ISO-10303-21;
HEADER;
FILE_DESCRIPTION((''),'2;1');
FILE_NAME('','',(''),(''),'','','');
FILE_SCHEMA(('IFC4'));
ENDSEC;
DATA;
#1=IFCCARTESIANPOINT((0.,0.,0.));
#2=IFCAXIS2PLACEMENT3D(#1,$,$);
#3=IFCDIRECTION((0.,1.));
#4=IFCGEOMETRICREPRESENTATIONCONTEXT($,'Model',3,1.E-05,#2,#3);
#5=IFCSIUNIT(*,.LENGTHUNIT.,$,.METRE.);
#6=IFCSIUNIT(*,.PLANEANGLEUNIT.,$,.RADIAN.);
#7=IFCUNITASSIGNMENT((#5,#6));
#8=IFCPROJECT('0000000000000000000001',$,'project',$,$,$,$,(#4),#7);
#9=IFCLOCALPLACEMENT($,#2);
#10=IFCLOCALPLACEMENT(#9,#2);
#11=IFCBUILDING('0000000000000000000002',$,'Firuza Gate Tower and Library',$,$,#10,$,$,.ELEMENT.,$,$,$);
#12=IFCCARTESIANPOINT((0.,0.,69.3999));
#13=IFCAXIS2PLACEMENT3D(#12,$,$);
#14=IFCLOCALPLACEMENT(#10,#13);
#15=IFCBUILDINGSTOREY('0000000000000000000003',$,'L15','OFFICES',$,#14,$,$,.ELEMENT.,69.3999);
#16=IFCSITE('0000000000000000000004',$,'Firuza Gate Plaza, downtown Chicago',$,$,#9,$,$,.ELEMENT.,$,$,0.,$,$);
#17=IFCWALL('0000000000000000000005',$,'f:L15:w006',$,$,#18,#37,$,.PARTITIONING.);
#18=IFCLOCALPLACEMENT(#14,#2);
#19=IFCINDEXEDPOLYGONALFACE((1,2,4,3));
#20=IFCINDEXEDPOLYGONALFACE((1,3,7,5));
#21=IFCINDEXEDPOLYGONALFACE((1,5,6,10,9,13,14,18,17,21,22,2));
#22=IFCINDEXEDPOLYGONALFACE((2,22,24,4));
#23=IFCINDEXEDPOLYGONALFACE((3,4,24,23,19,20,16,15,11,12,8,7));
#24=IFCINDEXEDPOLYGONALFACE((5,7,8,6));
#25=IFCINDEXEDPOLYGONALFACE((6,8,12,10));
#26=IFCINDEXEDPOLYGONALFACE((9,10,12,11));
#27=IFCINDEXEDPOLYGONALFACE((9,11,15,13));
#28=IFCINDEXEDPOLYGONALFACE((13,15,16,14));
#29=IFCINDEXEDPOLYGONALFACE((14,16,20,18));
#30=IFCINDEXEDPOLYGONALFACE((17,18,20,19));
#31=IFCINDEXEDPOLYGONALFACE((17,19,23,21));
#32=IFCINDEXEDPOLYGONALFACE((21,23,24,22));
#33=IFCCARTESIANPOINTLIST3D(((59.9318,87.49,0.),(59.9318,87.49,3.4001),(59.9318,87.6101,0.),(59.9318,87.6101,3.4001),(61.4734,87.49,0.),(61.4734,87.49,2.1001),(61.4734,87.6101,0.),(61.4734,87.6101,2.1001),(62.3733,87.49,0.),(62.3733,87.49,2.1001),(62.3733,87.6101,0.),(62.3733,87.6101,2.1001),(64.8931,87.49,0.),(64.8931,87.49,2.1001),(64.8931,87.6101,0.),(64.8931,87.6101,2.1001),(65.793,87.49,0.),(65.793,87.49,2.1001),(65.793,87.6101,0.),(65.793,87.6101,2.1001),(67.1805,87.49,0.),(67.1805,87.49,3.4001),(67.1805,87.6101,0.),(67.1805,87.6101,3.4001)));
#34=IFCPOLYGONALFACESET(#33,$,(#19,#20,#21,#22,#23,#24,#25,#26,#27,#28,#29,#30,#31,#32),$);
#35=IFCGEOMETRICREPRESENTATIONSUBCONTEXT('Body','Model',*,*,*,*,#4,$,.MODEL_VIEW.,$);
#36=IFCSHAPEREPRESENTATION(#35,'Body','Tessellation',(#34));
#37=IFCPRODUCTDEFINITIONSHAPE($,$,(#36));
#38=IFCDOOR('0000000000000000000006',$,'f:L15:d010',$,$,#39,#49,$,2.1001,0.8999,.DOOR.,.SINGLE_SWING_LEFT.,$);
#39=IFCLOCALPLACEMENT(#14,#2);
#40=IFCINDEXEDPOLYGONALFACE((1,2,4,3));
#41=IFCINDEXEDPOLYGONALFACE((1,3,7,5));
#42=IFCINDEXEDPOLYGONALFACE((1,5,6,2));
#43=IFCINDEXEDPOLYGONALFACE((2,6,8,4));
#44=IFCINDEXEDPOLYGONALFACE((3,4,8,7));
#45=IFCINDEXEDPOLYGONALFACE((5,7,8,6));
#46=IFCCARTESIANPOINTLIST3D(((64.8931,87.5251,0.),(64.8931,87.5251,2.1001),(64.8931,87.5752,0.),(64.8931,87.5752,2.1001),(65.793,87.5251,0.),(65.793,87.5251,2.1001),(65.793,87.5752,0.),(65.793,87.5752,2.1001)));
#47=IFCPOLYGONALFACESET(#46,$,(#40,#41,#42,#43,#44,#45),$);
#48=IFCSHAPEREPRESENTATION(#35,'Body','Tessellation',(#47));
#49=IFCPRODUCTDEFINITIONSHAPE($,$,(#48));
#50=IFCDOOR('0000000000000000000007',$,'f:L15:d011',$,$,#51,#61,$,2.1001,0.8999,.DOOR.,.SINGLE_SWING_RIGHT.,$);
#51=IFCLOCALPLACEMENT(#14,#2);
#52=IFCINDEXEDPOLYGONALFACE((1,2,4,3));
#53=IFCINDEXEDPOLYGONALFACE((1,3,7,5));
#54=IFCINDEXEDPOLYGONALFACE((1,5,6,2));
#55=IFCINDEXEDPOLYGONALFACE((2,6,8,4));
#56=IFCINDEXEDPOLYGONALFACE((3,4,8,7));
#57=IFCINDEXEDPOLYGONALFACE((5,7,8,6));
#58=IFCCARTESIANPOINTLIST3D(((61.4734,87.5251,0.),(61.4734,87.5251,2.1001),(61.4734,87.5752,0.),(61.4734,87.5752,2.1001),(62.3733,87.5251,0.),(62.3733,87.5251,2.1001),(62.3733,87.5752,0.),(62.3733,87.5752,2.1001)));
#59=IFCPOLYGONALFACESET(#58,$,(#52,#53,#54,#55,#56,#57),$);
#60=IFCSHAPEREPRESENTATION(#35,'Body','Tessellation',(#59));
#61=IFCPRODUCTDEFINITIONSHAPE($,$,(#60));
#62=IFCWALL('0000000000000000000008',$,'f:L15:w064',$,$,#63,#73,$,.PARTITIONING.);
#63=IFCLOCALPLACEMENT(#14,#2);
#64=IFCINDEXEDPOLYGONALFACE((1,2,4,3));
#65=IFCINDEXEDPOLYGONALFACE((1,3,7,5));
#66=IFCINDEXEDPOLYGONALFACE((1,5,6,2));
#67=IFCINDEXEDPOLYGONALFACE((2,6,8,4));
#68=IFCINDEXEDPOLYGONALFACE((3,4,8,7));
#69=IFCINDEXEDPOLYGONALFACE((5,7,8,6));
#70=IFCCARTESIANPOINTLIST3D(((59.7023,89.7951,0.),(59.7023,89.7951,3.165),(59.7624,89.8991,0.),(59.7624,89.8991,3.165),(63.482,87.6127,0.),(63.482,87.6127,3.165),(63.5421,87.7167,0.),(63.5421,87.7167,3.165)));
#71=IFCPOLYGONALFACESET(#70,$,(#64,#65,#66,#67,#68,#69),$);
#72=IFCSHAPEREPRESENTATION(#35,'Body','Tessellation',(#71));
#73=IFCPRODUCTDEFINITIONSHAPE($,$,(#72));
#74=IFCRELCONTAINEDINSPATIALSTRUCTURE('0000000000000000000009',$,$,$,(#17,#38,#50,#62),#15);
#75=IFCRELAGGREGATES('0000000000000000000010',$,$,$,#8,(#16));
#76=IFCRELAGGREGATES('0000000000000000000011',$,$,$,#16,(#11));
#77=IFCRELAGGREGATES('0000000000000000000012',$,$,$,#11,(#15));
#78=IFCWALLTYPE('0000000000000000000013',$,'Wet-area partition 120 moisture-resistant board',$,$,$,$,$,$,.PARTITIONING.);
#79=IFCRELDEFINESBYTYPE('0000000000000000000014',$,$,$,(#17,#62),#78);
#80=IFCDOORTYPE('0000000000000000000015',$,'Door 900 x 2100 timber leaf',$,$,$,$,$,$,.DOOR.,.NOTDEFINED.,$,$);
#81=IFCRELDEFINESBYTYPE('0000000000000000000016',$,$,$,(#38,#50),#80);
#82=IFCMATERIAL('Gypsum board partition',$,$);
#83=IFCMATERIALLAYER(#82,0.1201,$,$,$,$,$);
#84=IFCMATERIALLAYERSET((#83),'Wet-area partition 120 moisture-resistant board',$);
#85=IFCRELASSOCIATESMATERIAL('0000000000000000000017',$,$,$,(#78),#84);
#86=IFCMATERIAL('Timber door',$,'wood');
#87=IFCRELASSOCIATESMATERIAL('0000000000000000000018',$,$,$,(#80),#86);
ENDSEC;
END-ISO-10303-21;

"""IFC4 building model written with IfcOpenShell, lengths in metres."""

from ifc_helpers import new_model, si_unit, direction, frame, frame_2d, origin, place, context, subcontext, project, spatial, rectangle, extrude, material, layer, layer_set, type_object, element, fill, save


model = new_model("IFC4")

# Units and contexts
model_context = context("Model", 3, precision=1e-05, world=origin(), true_north=direction((0.0, 1.0)))
body_context = subcontext(model_context, "Body", "Model", "MODEL_VIEW")
ifc_project = project(units=[si_unit("LENGTHUNIT", "METRE"), si_unit("PLANEANGLEUNIT", "RADIAN")], contexts=[model_context])

# Site, building, storey
site_placement = place(None, origin())
site = spatial("IfcSite", under=ifc_project, at=site_placement, Name="Firuza Gate Plaza, downtown Chicago", CompositionType="ELEMENT", RefElevation=0.0)
building_placement = place(site_placement, origin())
building = spatial("IfcBuilding", under=site, at=building_placement, Name="Firuza Gate Tower and Library", CompositionType="ELEMENT")
storey_placement = place(building_placement, frame((0.0, 0.0, 69.3999)))
storey = spatial("IfcBuildingStorey", under=building, at=storey_placement, Name="L15", Description="OFFICES", CompositionType="ELEMENT", Elevation=69.3999)

# Wall, openings, doors
ifc_material_1 = material(Name="Gypsum board partition")
ifc_layer_1 = layer(ifc_material_1, 0.1201)
ifc_layer_set_1 = layer_set([ifc_layer_1], Name="Wet-area partition 120 moisture-resistant board")
wall_type_1 = type_object("IfcWallType", Name="Wet-area partition 120 moisture-resistant board", PredefinedType="PARTITIONING", material=ifc_layer_set_1)
wall_1_placement = place(storey_placement, frame((67.1807, 87.55, 0.0), z_axis=(0.0, 0.0, 1.0), x_axis=(-1.0, 0.0, 0.0)))
wall_1 = element("IfcWall", 1, at=wall_1_placement, inside=storey, type_object=wall_type_1, Name="f:L15:w006", PredefinedType="PARTITIONING", context=body_context, shape_type="SweptSolid", body=[
    extrude(rectangle(XDim=7.2488, YDim=0.1201, at=frame_2d((3.6245, 0.0))), origin(), (0.0, 0.0, 1.0), 3.4001),
])
opening_1_placement = place(wall_1_placement, frame((1.3877, 0.0, 0.0)))
opening_1 = element("IfcOpeningElement", 2, at=opening_1_placement, cuts=wall_1, PredefinedType="OPENING", context=body_context, shape_type="SweptSolid", body=[
    extrude(rectangle(XDim=0.8999, YDim=2.1001, at=frame_2d((0.45, 1.05))), frame((0.0, 0.0701, 0.0), z_axis=(0.0, -1.0, 0.0), x_axis=(1.0, 0.0, 0.0)), (0.0, 0.0, 1.0), 0.1401),
])
opening_2_placement = place(wall_1_placement, frame((4.8074, 0.0, 0.0)))
opening_2 = element("IfcOpeningElement", 3, at=opening_2_placement, cuts=wall_1, PredefinedType="OPENING", context=body_context, shape_type="SweptSolid", body=[
    extrude(rectangle(XDim=0.8999, YDim=2.1001, at=frame_2d((0.45, 1.05))), frame((0.0, 0.0701, 0.0), z_axis=(0.0, -1.0, 0.0), x_axis=(1.0, 0.0, 0.0)), (0.0, 0.0, 1.0), 0.1401),
])
ifc_material_2 = material(Name="Timber door", Category="wood")
door_type_1 = type_object("IfcDoorType", Name="Door 900 x 2100 timber leaf", OperationType="NOTDEFINED", PredefinedType="DOOR", material=ifc_material_2)
door_1_placement = place(opening_1_placement, origin())
door_1 = element("IfcDoor", 4, at=door_1_placement, inside=storey, type_object=door_type_1, Name="f:L15:d010", OperationType="SINGLE_SWING_LEFT", OverallHeight=2.1001, OverallWidth=0.8999, PredefinedType="DOOR", context=body_context, shape_type="SweptSolid", body=[
    extrude(rectangle(XDim=0.8999, YDim=2.1001, at=frame_2d((0.45, 1.05))), frame((0.0, 0.0249, 0.0), z_axis=(0.0, -1.0, 0.0), x_axis=(1.0, 0.0, 0.0)), (0.0, 0.0, 1.0), 0.05),
])
fill(opening_1, door_1)
door_2_placement = place(opening_2_placement, origin())
door_2 = element("IfcDoor", 5, at=door_2_placement, inside=storey, type_object=door_type_1, Name="f:L15:d011", OperationType="SINGLE_SWING_RIGHT", OverallHeight=2.1001, OverallWidth=0.8999, PredefinedType="DOOR", context=body_context, shape_type="SweptSolid", body=[
    extrude(rectangle(XDim=0.8999, YDim=2.1001, at=frame_2d((0.45, 1.05))), frame((0.0, 0.0249, 0.0), z_axis=(0.0, -1.0, 0.0), x_axis=(1.0, 0.0, 0.0)), (0.0, 0.0, 1.0), 0.05),
])
fill(opening_2, door_2)

# Wall
wall_2_placement = place(storey_placement, frame((63.512, 87.6648, 0.0), z_axis=(0.0, 0.0, 1.0), x_axis=(-0.866014, 0.500019, 0.0)))
element("IfcWall", 6, at=wall_2_placement, inside=storey, type_object=wall_type_1, Name="f:L15:w064", PredefinedType="PARTITIONING", context=body_context, shape_type="SweptSolid", body=[
    extrude(rectangle(XDim=4.3645, YDim=0.1201, at=frame_2d((2.1821, 0.0))), origin(), (0.0, 0.0, 1.0), 3.165),
])

save(model, "model.ifc")
